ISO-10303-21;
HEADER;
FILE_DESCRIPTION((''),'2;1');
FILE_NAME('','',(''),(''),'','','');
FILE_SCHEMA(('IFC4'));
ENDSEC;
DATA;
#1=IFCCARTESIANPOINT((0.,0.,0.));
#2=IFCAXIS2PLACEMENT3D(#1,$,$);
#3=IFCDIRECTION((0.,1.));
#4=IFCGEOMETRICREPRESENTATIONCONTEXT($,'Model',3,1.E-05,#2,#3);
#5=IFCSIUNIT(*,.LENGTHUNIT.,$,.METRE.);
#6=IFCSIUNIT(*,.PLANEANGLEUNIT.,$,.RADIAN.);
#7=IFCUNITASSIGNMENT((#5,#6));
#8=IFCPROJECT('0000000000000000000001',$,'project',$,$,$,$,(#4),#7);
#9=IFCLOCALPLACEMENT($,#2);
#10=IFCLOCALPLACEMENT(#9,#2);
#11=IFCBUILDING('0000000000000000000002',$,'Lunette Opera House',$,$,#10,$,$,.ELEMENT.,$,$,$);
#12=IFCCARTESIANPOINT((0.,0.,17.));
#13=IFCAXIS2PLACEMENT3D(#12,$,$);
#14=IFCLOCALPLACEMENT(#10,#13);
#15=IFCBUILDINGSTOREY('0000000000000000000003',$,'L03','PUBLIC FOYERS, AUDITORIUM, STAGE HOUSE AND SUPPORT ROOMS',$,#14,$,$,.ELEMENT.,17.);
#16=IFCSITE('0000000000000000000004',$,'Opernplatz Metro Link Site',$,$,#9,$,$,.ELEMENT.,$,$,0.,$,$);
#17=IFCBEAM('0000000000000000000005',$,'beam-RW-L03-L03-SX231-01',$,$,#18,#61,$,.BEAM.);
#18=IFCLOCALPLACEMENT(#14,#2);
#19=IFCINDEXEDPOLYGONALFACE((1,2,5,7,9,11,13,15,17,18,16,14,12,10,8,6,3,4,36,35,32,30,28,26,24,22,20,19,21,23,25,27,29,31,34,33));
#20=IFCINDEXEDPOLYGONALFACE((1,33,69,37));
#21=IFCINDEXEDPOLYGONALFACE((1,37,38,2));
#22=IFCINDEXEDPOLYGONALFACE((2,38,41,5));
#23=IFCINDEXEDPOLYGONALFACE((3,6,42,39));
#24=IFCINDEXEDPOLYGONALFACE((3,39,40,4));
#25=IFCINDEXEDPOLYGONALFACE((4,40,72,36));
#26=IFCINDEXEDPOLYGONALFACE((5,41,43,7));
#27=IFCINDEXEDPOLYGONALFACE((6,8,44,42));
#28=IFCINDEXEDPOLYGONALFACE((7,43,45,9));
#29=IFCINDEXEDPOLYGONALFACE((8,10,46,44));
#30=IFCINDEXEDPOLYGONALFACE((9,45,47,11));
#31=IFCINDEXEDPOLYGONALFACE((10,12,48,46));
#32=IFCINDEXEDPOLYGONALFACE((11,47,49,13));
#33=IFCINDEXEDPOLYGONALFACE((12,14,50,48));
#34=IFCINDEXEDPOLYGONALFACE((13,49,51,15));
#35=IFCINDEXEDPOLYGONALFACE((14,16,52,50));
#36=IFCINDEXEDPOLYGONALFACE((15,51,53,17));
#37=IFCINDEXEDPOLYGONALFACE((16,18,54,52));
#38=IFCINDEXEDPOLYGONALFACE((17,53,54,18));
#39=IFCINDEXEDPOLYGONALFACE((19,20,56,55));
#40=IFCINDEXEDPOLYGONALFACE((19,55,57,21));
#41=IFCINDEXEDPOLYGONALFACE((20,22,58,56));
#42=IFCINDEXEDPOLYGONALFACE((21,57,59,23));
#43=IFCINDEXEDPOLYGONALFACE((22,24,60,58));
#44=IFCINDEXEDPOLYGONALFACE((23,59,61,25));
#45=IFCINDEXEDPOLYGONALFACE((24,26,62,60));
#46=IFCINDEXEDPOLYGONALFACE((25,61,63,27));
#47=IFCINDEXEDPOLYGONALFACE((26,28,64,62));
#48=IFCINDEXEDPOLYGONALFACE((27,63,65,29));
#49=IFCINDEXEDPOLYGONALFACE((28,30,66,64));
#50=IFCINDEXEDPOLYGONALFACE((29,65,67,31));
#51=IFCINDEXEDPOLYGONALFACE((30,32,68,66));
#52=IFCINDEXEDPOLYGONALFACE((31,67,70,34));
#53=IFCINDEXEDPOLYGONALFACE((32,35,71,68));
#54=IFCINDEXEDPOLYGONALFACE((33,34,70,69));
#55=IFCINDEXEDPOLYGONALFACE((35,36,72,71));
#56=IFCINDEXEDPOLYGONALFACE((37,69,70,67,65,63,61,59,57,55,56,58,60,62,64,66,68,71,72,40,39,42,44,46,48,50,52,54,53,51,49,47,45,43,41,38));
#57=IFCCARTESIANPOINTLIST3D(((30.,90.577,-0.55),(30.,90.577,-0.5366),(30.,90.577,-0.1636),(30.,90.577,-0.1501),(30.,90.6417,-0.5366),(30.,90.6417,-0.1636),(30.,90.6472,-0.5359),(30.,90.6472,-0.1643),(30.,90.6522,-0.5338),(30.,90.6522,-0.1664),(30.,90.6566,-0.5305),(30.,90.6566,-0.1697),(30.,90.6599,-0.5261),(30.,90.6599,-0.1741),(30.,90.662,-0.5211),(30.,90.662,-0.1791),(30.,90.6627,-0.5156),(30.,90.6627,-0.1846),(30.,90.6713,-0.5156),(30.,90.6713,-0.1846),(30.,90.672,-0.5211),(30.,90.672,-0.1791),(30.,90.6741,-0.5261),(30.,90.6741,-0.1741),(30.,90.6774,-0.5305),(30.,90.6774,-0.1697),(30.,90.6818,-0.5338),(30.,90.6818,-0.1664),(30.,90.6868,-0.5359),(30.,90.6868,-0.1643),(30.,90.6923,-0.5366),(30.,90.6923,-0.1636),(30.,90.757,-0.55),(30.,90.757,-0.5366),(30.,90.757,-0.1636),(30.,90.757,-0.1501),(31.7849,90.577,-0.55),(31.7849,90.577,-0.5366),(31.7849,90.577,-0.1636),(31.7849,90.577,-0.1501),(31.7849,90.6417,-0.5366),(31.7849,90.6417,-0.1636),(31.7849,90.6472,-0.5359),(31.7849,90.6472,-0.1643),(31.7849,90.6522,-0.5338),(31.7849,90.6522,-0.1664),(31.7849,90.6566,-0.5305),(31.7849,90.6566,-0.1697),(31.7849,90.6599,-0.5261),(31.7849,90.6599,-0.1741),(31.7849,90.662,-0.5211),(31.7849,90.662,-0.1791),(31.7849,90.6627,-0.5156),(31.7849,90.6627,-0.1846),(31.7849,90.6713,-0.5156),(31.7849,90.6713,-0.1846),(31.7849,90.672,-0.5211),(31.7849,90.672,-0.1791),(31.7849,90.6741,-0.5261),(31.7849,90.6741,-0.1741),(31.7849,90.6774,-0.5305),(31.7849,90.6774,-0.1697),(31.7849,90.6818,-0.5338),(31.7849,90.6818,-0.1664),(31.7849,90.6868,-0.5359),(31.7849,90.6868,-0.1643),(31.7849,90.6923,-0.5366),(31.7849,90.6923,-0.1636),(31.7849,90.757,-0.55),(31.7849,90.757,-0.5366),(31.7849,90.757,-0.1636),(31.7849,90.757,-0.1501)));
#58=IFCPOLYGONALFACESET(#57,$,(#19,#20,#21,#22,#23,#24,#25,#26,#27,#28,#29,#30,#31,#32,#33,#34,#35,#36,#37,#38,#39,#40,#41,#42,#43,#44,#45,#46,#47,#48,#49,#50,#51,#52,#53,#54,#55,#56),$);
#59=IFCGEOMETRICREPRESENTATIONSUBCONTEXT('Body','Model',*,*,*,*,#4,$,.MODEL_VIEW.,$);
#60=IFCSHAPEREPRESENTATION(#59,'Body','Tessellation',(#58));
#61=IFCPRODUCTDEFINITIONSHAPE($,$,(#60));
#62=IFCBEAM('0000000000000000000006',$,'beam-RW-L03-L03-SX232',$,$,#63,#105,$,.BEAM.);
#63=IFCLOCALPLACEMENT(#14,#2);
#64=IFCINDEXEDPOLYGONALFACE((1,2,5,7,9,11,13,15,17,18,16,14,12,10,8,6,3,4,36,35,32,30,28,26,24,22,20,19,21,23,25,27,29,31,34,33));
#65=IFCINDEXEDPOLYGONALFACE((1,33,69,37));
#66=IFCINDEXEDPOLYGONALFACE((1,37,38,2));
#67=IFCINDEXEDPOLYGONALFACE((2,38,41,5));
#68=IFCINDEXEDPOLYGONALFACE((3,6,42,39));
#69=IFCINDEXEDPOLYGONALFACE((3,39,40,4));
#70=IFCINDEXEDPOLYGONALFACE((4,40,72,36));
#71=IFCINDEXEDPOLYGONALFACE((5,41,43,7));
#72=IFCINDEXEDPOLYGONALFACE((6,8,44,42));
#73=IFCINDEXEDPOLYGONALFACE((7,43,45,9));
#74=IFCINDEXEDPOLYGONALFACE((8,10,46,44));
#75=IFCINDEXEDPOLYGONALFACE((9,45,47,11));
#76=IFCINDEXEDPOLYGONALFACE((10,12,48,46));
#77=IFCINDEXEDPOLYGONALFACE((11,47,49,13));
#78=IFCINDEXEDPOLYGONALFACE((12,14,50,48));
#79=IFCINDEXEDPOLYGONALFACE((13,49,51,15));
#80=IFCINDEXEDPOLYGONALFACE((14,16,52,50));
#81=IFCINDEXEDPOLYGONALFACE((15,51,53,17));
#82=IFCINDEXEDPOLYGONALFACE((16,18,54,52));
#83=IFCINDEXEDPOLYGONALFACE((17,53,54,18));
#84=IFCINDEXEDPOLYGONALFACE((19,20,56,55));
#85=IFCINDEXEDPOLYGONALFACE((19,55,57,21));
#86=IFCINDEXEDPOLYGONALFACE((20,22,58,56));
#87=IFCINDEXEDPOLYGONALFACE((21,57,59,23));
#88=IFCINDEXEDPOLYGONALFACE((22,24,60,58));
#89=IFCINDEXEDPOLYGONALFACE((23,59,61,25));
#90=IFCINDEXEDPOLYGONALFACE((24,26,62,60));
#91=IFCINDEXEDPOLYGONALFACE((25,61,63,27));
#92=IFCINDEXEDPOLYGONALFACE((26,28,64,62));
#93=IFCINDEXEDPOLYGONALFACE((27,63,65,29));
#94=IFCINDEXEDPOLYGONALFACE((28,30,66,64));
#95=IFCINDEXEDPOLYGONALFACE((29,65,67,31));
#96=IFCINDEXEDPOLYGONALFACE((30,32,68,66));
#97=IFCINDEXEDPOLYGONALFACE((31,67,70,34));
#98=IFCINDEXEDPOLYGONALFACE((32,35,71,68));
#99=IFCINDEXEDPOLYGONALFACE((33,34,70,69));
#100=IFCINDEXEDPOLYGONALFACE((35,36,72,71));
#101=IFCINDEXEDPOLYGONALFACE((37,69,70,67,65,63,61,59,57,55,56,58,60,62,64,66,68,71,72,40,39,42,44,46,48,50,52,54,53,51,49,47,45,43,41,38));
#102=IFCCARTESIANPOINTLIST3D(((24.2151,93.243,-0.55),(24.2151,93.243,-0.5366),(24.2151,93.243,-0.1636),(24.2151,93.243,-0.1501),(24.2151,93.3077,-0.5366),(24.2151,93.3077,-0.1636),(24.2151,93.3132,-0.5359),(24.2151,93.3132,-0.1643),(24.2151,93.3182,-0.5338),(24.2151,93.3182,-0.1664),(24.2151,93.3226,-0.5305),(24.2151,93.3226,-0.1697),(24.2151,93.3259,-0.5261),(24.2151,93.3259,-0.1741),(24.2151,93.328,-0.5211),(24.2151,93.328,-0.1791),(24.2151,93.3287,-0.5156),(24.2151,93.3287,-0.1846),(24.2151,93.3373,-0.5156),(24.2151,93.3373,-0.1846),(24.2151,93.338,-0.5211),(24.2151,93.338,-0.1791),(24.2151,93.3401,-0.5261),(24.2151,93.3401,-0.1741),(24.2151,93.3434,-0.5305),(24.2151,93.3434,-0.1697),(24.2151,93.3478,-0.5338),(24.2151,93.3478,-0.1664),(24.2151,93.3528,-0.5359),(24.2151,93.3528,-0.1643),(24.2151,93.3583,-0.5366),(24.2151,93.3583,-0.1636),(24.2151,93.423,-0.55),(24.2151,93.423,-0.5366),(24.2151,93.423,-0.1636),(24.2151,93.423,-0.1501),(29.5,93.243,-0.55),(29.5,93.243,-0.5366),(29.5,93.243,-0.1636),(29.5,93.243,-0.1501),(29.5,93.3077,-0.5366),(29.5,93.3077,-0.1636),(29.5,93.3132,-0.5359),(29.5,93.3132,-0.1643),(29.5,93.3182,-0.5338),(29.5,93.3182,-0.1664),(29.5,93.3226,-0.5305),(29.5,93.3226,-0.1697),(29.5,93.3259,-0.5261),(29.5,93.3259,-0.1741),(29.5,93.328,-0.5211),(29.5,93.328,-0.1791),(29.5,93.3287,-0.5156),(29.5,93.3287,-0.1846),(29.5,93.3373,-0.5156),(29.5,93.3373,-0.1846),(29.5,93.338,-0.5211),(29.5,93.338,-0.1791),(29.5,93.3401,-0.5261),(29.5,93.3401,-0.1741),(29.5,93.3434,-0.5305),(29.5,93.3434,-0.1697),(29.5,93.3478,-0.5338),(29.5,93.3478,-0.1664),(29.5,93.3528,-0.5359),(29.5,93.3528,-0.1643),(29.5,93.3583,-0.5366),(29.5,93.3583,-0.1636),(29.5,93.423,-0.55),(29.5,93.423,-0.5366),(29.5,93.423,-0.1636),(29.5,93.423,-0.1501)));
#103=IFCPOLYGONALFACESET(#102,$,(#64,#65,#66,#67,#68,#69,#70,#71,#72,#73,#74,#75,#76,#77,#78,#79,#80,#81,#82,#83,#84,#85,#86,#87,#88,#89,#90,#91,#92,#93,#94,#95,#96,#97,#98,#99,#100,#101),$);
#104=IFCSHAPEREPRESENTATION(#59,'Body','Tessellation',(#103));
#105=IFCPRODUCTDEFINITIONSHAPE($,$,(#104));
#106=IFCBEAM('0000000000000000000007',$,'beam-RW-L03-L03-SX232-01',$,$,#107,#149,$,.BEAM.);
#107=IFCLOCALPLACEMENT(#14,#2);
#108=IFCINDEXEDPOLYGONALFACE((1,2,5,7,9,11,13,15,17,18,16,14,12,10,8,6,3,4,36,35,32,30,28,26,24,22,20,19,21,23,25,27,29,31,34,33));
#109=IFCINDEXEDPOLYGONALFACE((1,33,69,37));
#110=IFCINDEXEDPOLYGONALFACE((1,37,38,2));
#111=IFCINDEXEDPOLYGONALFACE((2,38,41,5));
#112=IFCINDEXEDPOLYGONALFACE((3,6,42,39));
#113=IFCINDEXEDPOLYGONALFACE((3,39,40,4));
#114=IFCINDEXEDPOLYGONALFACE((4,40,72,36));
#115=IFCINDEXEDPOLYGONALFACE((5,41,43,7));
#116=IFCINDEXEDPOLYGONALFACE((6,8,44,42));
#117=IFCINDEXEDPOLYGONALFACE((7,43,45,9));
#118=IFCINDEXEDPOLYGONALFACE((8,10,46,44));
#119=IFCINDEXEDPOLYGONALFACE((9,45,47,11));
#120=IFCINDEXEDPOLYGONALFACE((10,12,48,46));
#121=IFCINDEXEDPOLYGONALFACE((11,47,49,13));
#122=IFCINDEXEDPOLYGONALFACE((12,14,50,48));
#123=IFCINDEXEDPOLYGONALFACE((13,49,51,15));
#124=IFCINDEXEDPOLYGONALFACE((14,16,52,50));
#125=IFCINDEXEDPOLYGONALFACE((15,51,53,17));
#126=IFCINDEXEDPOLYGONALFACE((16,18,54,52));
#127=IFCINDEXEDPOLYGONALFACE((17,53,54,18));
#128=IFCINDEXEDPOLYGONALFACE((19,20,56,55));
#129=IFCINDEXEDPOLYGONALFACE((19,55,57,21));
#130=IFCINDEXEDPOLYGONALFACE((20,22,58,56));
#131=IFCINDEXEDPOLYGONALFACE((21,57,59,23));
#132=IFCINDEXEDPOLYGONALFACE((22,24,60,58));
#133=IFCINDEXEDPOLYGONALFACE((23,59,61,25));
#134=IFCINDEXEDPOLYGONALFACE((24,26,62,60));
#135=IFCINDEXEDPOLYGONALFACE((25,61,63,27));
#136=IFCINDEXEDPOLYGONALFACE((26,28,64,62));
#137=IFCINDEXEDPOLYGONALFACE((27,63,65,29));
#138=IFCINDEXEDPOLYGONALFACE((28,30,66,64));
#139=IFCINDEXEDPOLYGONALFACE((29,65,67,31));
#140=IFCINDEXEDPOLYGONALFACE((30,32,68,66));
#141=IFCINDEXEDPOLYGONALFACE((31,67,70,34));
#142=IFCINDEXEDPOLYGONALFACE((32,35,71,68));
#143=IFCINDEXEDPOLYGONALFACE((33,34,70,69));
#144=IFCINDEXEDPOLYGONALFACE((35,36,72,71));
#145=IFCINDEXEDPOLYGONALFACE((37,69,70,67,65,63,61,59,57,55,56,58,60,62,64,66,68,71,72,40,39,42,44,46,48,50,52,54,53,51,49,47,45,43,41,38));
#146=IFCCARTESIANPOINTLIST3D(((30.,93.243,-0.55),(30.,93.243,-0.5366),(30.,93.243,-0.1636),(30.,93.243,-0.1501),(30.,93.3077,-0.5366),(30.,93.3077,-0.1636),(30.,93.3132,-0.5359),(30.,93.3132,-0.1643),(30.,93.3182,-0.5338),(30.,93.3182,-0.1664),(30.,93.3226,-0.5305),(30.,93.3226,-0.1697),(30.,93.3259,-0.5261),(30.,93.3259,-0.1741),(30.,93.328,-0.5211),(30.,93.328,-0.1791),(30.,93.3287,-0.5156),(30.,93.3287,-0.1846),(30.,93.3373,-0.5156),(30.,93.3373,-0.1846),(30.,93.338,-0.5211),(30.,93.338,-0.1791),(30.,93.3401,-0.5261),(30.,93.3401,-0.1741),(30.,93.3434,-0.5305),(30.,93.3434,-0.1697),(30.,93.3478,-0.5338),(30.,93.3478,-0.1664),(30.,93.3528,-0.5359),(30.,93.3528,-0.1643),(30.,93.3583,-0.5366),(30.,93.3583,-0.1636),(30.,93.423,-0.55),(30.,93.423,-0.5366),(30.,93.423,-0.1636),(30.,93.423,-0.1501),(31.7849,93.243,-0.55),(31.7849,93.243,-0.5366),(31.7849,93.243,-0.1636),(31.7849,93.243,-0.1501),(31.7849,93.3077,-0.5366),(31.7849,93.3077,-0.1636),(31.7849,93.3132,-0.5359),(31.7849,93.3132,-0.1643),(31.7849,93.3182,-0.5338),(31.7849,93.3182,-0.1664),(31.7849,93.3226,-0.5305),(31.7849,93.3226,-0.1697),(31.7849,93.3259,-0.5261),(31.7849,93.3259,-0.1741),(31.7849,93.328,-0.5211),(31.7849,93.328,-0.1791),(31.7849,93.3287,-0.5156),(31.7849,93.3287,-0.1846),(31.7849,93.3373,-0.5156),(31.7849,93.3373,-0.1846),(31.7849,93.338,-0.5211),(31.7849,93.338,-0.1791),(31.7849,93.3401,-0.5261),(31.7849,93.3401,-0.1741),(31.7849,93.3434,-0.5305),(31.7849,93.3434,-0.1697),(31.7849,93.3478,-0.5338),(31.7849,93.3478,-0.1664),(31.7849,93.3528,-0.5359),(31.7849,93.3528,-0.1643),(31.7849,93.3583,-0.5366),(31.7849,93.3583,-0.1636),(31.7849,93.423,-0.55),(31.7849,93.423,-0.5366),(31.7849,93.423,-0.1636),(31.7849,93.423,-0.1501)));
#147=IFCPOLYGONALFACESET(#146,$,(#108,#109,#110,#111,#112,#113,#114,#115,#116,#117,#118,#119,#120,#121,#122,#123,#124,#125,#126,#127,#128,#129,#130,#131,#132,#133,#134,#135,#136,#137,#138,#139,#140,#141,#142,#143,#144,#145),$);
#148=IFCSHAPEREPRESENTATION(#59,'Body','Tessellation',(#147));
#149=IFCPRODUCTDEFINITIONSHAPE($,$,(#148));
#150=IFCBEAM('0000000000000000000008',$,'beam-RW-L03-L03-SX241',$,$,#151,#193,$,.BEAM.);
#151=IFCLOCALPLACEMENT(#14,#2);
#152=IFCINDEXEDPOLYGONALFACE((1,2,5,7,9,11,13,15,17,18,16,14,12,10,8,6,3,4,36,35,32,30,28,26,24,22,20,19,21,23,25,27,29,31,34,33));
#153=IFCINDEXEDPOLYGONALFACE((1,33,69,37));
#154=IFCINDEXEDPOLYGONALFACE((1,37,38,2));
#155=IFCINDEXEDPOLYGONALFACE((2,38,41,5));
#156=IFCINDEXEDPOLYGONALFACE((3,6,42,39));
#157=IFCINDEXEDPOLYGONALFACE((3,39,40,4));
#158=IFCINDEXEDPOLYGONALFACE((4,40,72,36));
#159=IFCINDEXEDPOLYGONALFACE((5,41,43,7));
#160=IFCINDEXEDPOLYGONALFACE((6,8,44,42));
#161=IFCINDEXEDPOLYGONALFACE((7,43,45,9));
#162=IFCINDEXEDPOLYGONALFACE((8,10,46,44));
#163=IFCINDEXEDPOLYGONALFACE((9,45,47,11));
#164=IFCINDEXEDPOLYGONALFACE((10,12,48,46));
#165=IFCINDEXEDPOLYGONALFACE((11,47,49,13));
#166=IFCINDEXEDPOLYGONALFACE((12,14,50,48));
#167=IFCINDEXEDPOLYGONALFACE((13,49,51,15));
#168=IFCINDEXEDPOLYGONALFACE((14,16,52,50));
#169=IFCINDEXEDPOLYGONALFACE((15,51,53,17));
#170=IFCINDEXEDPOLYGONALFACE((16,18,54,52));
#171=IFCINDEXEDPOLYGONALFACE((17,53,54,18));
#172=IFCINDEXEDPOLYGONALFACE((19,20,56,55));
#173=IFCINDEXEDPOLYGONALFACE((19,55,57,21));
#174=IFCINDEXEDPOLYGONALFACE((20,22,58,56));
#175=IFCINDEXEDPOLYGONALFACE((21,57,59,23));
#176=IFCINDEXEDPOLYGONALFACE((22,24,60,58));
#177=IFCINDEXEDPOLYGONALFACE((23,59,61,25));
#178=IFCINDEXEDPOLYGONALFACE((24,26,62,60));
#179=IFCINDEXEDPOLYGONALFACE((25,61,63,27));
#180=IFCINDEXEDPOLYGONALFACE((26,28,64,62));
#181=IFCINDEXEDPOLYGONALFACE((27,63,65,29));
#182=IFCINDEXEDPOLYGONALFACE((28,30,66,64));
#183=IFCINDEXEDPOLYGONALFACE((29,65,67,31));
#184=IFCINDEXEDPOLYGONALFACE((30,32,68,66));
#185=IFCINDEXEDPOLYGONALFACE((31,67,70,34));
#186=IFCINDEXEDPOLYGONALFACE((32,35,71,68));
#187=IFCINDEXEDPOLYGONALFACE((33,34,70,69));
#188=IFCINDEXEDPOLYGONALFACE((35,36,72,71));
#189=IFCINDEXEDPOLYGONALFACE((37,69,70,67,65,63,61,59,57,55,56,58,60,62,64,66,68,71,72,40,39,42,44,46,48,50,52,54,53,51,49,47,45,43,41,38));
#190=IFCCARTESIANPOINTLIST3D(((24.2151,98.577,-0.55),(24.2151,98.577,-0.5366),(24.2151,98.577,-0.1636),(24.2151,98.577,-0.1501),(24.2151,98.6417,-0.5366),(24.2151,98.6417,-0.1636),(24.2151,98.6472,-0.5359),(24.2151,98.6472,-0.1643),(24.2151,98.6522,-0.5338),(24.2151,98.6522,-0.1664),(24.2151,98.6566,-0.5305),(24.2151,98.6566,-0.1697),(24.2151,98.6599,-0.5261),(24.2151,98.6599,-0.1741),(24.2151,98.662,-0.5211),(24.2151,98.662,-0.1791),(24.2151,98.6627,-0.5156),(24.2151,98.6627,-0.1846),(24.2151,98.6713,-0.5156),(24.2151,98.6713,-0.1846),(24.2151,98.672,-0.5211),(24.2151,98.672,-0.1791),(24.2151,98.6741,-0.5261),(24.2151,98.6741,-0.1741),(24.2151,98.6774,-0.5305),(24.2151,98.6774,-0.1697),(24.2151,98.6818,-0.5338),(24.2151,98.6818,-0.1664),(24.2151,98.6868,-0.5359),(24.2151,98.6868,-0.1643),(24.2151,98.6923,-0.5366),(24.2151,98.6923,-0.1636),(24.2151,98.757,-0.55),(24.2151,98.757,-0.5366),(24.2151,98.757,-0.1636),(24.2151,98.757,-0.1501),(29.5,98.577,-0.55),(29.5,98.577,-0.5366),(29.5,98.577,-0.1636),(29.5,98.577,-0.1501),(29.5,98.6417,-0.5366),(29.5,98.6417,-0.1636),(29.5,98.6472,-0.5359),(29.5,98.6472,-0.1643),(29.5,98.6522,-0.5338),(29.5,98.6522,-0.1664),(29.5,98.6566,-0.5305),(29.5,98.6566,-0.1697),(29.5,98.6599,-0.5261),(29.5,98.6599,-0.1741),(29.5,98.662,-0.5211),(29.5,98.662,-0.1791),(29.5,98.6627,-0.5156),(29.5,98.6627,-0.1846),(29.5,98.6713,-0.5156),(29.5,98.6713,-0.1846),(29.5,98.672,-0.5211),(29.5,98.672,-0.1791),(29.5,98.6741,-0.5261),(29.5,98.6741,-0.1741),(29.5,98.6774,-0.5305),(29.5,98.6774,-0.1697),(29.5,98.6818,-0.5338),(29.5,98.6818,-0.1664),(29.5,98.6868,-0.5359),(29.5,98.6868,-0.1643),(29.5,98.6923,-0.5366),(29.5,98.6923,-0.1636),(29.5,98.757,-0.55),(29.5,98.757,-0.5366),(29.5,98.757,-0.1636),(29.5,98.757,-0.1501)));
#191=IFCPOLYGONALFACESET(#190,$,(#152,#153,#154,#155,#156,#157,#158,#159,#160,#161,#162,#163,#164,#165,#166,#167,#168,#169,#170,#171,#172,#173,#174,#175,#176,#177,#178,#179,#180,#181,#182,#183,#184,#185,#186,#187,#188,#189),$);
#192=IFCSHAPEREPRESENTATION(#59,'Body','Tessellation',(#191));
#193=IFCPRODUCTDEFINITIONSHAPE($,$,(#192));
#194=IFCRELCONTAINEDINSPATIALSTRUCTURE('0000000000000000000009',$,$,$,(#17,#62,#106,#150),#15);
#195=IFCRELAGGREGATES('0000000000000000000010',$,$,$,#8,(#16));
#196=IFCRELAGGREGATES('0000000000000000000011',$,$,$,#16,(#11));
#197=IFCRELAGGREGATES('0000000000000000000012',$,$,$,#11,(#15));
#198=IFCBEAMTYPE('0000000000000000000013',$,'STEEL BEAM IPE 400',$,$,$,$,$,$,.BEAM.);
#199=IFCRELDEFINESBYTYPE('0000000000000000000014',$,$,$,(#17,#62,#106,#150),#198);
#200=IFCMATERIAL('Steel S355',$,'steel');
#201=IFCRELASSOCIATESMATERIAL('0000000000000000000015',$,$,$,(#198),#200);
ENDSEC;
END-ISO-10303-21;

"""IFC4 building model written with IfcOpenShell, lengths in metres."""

from ifc_helpers import new_model, si_unit, direction, frame, origin, origin_2d, place, context, subcontext, project, spatial, i_section, extrude, material, material_profile, profile_set, type_object, element, save


model = new_model("IFC4")

# Units and contexts
model_context = context("Model", 3, precision=1e-05, world=origin(), true_north=direction((0.0, 1.0)))
body_context = subcontext(model_context, "Body", "Model", "MODEL_VIEW")
ifc_project = project(units=[si_unit("LENGTHUNIT", "METRE"), si_unit("PLANEANGLEUNIT", "RADIAN")], contexts=[model_context])

# Site, building, storey
site_placement = place(None, origin())
site = spatial("IfcSite", under=ifc_project, at=site_placement, Name="Opernplatz Metro Link Site", CompositionType="ELEMENT", RefElevation=0.0)
building_placement = place(site_placement, origin())
building = spatial("IfcBuilding", under=site, at=building_placement, Name="Lunette Opera House", CompositionType="ELEMENT")
storey_placement = place(building_placement, frame((0.0, 0.0, 17.0)))
storey = spatial("IfcBuildingStorey", under=building, at=storey_placement, Name="L03", Description="PUBLIC FOYERS, AUDITORIUM, STAGE HOUSE AND SUPPORT ROOMS", CompositionType="ELEMENT", Elevation=17.0)

# Beams
ifc_material_1 = material(Name="Steel S355", Category="steel")
ifc_material_profile_1 = material_profile(ifc_material_1, i_section(OverallWidth=0.1799, OverallDepth=0.3999, WebThickness=0.0085, FlangeThickness=0.0134, FilletRadius=0.021, at=origin_2d()), Name="IPE 400")
ifc_profile_set_1 = profile_set([ifc_material_profile_1], Name="Steel S355")
beam_type_1 = type_object("IfcBeamType", Name="STEEL BEAM IPE 400", PredefinedType="BEAM", material=ifc_profile_set_1)
beam_1_placement = place(storey_placement, frame((30.0, 90.667, -0.3501), z_axis=(1.0, 0.0, 0.0), x_axis=(0.0, 1.0, 0.0)))
element("IfcBeam", 1, at=beam_1_placement, inside=storey, type_object=beam_type_1, Name="beam-RW-L03-L03-SX231-01", PredefinedType="BEAM", context=body_context, shape_type="SweptSolid", body=[
    extrude(i_section(OverallWidth=0.1799, OverallDepth=0.3999, WebThickness=0.0085, FlangeThickness=0.0134, FilletRadius=0.021, at=origin_2d()), origin(), (0.0, 0.0, 1.0), 1.7849),
])
beam_2_placement = place(storey_placement, frame((24.2151, 93.333, -0.3501), z_axis=(1.0, 0.0, 0.0), x_axis=(0.0, 1.0, 0.0)))
element("IfcBeam", 2, at=beam_2_placement, inside=storey, type_object=beam_type_1, Name="beam-RW-L03-L03-SX232", PredefinedType="BEAM", context=body_context, shape_type="SweptSolid", body=[
    extrude(i_section(OverallWidth=0.1799, OverallDepth=0.3999, WebThickness=0.0085, FlangeThickness=0.0134, FilletRadius=0.021, at=origin_2d()), origin(), (0.0, 0.0, 1.0), 5.2849),
])
beam_3_placement = place(storey_placement, frame((30.0, 93.333, -0.3501), z_axis=(1.0, 0.0, 0.0), x_axis=(0.0, 1.0, 0.0)))
element("IfcBeam", 3, at=beam_3_placement, inside=storey, type_object=beam_type_1, Name="beam-RW-L03-L03-SX232-01", PredefinedType="BEAM", context=body_context, shape_type="SweptSolid", body=[
    extrude(i_section(OverallWidth=0.1799, OverallDepth=0.3999, WebThickness=0.0085, FlangeThickness=0.0134, FilletRadius=0.021, at=origin_2d()), origin(), (0.0, 0.0, 1.0), 1.7849),
])
beam_4_placement = place(storey_placement, frame((24.2151, 98.667, -0.3501), z_axis=(1.0, 0.0, 0.0), x_axis=(0.0, 1.0, 0.0)))
element("IfcBeam", 4, at=beam_4_placement, inside=storey, type_object=beam_type_1, Name="beam-RW-L03-L03-SX241", PredefinedType="BEAM", context=body_context, shape_type="SweptSolid", body=[
    extrude(i_section(OverallWidth=0.1799, OverallDepth=0.3999, WebThickness=0.0085, FlangeThickness=0.0134, FilletRadius=0.021, at=origin_2d()), origin(), (0.0, 0.0, 1.0), 5.2849),
])

save(model, "model.ifc")
